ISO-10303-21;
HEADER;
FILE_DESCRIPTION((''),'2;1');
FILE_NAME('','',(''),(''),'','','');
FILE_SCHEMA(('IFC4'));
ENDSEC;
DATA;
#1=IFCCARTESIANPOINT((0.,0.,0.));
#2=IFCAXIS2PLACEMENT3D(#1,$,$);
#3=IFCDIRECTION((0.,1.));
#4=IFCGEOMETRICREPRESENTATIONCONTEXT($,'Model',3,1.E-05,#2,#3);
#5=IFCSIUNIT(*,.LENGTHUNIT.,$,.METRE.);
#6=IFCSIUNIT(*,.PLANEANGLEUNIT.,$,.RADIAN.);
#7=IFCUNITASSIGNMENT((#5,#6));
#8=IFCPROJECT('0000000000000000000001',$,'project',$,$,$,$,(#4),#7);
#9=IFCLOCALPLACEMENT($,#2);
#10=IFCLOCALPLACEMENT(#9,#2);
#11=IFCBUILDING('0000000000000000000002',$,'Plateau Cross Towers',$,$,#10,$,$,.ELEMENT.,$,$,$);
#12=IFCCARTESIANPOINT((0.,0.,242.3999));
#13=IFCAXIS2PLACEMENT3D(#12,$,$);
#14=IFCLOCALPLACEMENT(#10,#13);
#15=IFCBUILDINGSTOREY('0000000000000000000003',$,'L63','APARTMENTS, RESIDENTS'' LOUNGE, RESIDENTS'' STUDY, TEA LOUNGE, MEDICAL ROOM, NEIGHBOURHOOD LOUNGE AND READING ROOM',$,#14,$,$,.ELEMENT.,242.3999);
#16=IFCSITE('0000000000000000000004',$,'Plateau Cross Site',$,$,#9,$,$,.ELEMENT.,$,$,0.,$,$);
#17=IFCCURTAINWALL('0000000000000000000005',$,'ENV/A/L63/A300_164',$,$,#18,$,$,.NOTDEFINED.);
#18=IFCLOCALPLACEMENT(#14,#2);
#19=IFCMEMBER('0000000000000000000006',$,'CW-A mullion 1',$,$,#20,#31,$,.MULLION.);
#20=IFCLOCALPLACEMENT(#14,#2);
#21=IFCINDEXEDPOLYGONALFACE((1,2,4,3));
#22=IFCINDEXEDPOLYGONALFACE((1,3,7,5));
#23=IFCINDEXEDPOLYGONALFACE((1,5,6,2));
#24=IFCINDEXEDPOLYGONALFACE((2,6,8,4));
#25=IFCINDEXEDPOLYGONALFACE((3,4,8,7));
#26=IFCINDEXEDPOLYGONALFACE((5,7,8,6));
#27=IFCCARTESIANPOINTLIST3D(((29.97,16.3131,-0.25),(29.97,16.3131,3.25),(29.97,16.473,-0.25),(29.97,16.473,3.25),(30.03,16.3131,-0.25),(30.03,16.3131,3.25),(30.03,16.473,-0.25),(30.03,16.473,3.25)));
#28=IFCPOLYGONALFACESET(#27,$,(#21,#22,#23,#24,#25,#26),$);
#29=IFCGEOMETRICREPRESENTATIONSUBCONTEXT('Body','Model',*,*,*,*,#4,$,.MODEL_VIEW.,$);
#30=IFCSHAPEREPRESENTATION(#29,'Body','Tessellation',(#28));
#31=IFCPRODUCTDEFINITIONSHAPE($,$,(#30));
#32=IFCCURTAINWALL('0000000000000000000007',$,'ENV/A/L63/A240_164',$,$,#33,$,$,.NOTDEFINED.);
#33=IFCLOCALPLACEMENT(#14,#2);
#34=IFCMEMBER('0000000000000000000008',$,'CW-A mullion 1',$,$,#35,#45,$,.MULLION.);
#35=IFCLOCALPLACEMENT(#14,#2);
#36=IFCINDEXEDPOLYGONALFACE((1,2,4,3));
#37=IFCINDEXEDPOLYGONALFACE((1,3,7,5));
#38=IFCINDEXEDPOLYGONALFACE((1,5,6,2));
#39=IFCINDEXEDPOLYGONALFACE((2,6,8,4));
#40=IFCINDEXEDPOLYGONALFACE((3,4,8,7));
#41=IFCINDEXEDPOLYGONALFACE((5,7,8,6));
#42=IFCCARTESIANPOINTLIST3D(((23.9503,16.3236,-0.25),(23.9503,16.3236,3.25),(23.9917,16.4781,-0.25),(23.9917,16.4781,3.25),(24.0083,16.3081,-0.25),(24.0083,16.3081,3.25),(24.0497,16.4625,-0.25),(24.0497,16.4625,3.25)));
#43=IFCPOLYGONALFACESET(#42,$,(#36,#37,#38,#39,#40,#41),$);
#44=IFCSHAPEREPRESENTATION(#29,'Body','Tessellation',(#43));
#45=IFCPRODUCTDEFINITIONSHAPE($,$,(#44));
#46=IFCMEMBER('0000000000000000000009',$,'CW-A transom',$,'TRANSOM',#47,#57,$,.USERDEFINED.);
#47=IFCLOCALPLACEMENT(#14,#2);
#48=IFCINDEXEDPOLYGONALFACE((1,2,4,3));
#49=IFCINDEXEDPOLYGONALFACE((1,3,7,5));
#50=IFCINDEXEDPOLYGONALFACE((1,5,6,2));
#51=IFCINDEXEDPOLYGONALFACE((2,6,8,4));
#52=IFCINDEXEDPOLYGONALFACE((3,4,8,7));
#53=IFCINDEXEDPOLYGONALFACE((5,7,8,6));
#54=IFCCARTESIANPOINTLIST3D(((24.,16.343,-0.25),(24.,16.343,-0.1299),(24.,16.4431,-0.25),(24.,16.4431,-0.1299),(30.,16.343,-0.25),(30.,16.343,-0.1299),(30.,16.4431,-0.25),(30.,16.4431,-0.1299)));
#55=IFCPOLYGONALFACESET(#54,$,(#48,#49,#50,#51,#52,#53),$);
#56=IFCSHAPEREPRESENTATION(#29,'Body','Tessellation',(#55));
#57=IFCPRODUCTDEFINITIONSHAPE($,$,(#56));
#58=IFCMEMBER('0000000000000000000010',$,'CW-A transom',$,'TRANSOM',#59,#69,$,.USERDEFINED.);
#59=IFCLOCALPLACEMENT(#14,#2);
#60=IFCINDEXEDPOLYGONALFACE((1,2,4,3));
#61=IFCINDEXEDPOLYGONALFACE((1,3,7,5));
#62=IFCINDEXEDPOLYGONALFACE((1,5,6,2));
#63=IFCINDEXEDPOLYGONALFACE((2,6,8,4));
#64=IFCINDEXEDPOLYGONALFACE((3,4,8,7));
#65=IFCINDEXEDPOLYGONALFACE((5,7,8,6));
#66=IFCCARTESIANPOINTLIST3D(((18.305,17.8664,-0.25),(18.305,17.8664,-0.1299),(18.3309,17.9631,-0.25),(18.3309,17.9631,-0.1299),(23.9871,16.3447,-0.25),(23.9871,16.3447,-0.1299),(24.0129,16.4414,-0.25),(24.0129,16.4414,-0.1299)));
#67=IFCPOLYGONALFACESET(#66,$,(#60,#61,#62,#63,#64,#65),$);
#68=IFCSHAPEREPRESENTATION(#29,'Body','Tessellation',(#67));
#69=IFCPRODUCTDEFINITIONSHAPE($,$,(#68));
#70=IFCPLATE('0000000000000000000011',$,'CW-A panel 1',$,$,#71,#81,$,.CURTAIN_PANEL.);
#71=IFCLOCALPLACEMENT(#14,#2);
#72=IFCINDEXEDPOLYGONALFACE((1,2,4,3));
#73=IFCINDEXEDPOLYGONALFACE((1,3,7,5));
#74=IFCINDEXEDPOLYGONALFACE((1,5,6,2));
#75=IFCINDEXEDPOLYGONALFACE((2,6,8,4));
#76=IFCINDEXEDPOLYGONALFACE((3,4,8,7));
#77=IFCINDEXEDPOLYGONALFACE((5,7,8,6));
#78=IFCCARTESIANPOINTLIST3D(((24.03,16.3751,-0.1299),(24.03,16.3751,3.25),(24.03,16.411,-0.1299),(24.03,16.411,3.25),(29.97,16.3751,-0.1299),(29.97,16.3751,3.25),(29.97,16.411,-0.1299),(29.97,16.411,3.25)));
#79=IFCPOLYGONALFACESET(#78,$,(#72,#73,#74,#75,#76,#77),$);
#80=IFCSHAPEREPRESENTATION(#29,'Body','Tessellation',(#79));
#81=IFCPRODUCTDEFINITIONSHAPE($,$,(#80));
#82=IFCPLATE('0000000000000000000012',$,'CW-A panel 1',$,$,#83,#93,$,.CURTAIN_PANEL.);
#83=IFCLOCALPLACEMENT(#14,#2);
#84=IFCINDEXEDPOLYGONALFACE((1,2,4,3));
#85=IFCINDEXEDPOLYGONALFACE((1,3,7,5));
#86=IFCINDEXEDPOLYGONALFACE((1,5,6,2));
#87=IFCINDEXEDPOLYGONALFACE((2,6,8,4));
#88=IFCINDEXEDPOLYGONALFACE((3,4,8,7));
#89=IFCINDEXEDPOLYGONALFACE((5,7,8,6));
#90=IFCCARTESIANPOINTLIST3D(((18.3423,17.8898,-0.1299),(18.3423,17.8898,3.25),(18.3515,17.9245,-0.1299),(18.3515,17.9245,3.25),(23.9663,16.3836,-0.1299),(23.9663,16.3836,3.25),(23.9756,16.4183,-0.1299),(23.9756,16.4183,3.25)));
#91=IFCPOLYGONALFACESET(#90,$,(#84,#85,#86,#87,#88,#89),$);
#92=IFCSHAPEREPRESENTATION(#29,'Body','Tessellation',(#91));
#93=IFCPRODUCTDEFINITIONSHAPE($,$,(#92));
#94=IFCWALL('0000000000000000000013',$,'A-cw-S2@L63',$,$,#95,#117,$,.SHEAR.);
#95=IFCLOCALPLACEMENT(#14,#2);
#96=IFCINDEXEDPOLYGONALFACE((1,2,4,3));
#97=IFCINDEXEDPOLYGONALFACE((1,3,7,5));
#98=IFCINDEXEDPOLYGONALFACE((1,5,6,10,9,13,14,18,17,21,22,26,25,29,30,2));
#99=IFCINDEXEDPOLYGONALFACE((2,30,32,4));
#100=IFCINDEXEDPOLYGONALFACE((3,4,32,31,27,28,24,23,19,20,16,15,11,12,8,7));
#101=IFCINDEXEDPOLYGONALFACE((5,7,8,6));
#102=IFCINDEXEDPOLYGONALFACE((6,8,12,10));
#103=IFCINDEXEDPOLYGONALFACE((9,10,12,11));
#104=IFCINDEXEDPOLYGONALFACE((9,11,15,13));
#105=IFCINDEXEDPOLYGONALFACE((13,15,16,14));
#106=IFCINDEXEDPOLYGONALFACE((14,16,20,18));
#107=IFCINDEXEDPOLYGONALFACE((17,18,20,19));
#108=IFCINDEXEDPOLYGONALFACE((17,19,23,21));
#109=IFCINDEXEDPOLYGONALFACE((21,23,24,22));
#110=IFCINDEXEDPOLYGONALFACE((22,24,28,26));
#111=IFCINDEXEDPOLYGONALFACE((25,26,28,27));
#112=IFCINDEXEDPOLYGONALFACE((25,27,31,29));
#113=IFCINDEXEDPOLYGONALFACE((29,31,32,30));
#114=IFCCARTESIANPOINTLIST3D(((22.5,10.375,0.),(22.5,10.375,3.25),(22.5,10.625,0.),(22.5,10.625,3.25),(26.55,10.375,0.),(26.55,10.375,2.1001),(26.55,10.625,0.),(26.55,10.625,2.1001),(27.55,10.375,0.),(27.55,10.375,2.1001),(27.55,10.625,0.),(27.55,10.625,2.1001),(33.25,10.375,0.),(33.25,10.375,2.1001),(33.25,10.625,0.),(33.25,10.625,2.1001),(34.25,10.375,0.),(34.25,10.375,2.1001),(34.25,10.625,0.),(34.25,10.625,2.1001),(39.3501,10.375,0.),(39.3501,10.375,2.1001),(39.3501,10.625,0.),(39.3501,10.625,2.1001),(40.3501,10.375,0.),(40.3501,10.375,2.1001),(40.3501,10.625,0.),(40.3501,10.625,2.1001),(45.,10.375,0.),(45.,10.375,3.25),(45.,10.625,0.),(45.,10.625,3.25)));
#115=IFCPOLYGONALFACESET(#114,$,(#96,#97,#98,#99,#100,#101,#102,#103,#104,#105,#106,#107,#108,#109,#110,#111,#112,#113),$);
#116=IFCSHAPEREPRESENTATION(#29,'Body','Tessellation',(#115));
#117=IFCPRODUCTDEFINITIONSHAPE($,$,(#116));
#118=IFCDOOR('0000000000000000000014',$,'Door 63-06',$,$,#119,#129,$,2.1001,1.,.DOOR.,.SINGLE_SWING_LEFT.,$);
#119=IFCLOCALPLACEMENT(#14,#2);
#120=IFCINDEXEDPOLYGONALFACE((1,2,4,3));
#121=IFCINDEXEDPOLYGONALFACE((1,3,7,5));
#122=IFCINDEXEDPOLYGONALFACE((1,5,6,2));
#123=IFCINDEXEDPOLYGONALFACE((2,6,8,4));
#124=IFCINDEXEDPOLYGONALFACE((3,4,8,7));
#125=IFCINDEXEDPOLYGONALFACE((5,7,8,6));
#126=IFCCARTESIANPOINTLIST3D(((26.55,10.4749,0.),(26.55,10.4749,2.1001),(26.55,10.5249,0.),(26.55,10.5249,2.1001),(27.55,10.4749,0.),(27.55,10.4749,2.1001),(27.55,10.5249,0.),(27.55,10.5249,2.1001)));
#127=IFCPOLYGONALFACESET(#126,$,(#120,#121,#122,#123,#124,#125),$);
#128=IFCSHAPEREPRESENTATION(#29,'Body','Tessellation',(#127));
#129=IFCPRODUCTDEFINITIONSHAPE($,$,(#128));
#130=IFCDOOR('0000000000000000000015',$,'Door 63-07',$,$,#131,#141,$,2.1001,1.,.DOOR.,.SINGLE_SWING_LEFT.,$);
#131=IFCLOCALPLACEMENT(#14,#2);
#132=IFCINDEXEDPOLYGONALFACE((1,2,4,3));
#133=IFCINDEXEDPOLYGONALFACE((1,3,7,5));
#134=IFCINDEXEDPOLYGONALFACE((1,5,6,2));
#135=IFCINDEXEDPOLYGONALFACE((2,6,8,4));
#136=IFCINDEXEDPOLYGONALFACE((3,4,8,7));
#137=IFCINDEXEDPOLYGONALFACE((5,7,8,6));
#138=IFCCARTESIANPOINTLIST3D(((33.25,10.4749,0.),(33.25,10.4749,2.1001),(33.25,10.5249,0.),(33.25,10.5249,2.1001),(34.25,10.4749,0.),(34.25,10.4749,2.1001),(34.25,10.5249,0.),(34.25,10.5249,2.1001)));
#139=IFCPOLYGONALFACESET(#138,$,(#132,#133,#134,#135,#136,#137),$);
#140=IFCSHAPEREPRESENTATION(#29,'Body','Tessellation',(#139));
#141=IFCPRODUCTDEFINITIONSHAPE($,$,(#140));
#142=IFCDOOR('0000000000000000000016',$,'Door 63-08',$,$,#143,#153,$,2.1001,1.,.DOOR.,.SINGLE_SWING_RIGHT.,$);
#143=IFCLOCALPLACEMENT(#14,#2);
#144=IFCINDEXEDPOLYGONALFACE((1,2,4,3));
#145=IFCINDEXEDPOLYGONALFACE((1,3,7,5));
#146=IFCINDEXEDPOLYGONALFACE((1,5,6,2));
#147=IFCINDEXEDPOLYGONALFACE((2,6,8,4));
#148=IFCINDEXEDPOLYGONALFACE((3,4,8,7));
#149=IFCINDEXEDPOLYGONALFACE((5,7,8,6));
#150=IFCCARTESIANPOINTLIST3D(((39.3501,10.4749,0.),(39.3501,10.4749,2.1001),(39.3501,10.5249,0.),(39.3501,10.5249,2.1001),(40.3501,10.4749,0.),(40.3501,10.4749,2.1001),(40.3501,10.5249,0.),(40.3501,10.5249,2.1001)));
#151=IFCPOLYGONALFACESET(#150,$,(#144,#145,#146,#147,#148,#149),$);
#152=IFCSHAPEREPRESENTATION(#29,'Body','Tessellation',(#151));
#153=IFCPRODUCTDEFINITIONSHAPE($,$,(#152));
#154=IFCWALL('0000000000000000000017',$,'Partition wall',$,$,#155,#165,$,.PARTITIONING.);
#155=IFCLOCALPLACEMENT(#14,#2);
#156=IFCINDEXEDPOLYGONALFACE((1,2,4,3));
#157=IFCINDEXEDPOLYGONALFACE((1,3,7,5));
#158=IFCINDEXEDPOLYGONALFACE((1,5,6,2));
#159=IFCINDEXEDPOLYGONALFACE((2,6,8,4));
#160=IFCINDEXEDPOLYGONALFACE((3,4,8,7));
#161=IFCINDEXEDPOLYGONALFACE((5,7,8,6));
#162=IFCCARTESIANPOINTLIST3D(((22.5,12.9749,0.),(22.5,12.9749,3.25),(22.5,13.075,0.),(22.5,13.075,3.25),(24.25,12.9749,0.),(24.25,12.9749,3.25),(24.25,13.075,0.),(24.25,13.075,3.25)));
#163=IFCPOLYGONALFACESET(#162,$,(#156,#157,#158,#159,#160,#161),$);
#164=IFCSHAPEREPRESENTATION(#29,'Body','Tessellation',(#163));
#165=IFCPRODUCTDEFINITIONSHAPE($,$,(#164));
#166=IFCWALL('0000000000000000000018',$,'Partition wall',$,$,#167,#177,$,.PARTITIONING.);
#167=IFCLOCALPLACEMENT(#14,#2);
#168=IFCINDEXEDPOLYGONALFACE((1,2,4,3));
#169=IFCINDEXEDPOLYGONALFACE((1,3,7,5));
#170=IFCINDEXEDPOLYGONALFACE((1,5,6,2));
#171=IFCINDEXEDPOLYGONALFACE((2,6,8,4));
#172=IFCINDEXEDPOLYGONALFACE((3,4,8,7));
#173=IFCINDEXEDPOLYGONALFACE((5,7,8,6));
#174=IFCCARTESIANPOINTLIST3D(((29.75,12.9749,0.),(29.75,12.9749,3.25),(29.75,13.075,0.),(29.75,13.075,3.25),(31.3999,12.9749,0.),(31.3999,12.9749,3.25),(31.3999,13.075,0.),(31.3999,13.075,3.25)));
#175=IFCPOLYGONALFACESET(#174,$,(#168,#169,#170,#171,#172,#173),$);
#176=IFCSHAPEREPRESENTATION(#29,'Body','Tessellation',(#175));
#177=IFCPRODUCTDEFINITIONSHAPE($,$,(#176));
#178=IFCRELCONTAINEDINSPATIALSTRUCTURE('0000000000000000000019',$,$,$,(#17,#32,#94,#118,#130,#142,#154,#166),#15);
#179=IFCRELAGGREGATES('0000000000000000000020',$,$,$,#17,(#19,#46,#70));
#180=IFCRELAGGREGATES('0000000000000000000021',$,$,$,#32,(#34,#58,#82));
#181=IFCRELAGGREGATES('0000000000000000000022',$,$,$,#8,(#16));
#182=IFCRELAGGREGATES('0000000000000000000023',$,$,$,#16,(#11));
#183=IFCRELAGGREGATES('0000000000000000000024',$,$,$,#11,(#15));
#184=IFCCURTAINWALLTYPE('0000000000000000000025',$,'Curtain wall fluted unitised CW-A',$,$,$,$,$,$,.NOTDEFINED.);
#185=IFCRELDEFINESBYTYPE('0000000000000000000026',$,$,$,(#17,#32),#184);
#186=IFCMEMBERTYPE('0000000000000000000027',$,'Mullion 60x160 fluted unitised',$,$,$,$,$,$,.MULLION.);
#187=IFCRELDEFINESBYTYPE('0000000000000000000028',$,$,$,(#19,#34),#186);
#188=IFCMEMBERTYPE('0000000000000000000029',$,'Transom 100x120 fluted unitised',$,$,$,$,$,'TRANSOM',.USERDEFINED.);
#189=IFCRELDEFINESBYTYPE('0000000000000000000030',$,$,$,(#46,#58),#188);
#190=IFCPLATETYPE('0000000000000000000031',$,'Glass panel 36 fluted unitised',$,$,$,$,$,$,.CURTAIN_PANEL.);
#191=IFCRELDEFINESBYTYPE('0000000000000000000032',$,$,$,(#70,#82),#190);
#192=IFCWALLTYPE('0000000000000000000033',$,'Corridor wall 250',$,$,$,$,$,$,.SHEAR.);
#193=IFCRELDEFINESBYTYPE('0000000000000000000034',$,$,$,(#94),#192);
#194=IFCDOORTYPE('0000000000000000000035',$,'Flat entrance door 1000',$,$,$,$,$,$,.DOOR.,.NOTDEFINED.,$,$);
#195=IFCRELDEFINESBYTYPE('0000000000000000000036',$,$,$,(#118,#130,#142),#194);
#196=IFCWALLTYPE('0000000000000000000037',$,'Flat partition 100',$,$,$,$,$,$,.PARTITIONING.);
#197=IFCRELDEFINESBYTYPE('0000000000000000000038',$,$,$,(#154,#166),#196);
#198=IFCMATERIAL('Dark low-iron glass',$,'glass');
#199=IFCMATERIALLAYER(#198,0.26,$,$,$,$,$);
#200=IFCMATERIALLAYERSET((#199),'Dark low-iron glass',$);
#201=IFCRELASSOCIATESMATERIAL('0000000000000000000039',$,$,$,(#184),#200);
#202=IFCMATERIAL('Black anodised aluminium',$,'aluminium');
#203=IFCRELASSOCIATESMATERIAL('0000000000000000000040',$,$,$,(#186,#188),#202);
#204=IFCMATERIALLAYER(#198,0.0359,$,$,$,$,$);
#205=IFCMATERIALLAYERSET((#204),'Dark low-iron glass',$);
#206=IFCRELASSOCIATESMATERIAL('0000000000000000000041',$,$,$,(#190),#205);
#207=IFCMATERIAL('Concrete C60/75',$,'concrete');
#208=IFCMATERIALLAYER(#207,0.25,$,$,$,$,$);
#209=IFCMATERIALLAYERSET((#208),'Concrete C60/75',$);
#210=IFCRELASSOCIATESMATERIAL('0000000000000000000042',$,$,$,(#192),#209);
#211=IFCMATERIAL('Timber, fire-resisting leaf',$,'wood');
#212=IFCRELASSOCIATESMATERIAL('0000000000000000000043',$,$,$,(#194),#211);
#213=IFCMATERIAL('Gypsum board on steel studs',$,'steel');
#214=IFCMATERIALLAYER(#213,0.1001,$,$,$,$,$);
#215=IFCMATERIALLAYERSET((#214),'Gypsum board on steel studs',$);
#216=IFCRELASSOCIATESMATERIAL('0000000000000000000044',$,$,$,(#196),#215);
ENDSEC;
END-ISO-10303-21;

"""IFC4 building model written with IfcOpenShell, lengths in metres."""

from ifc_helpers import new_model, si_unit, direction, frame, frame_2d, origin, origin_2d, place, context, subcontext, project, spatial, rectangle, extrude, material, layer, layer_set, material_profile, profile_set, type_object, element, fill, aggregate, save


model = new_model("IFC4")

# Units and contexts
model_context = context("Model", 3, precision=1e-05, world=origin(), true_north=direction((0.0, 1.0)))
body_context = subcontext(model_context, "Body", "Model", "MODEL_VIEW")
ifc_project = project(units=[si_unit("LENGTHUNIT", "METRE"), si_unit("PLANEANGLEUNIT", "RADIAN")], contexts=[model_context])

# Site, building, storey
site_placement = place(None, origin())
site = spatial("IfcSite", under=ifc_project, at=site_placement, Name="Plateau Cross Site", CompositionType="ELEMENT", RefElevation=0.0)
building_placement = place(site_placement, origin())
building = spatial("IfcBuilding", under=site, at=building_placement, Name="Plateau Cross Towers", CompositionType="ELEMENT")
storey_placement = place(building_placement, frame((0.0, 0.0, 242.3999)))
storey = spatial("IfcBuildingStorey", under=building, at=storey_placement, Name="L63", Description="APARTMENTS, RESIDENTS' LOUNGE, RESIDENTS' STUDY, TEA LOUNGE, MEDICAL ROOM, NEIGHBOURHOOD LOUNGE AND READING ROOM", CompositionType="ELEMENT", Elevation=242.3999)

# Curtain walls, members
ifc_material_1 = material(Name="Dark low-iron glass", Category="glass")
ifc_layer_1 = layer(ifc_material_1, 0.26)
ifc_layer_set_1 = layer_set([ifc_layer_1], Name="Dark low-iron glass")
curtain_wall_type = type_object("IfcCurtainWallType", Name="Curtain wall fluted unitised CW-A", PredefinedType="NOTDEFINED", material=ifc_layer_set_1)
curtain_wall_1_placement = place(storey_placement, origin())
curtain_wall_1 = element("IfcCurtainWall", 1, at=curtain_wall_1_placement, inside=storey, type_object=curtain_wall_type, Name="ENV/A/L63/A300_164", PredefinedType="NOTDEFINED")
ifc_material_2 = material(Name="Black anodised aluminium", Category="aluminium")
ifc_material_profile_1 = material_profile(ifc_material_2, rectangle(XDim=0.0601, YDim=0.1599, at=origin_2d()), Name="MULLION 60x160")
ifc_profile_set_1 = profile_set([ifc_material_profile_1], Name="Black anodised aluminium")
member_type_1 = type_object("IfcMemberType", Name="Mullion 60x160 fluted unitised", PredefinedType="MULLION", material=ifc_profile_set_1)
member_1_placement = place(storey_placement, frame((30.0, 16.3931, -0.25), z_axis=(0.0, 0.0, 1.0), x_axis=(-1.0, 0.0, 0.0)))
member_1 = element("IfcMember", 2, at=member_1_placement, type_object=member_type_1, Name="CW-A mullion 1", PredefinedType="MULLION", context=body_context, shape_type="SweptSolid", body=[
    extrude(rectangle(XDim=0.0601, YDim=0.1599, at=origin_2d()), origin(), (0.0, 0.0, 1.0), 3.5),
])
curtain_wall_2_placement = place(storey_placement, origin())
curtain_wall_2 = element("IfcCurtainWall", 3, at=curtain_wall_2_placement, inside=storey, type_object=curtain_wall_type, Name="ENV/A/L63/A240_164", PredefinedType="NOTDEFINED")
member_2_placement = place(storey_placement, frame((24.0, 16.3931, -0.25), z_axis=(0.0, 0.0, 1.0), x_axis=(-0.965958, 0.258699, 0.0)))
member_2 = element("IfcMember", 4, at=member_2_placement, type_object=member_type_1, Name="CW-A mullion 1", PredefinedType="MULLION", context=body_context, shape_type="SweptSolid", body=[
    extrude(rectangle(XDim=0.0601, YDim=0.1599, at=origin_2d()), origin(), (0.0, 0.0, 1.0), 3.5),
])

# Members
ifc_material_profile_2 = material_profile(ifc_material_2, rectangle(XDim=0.1001, YDim=0.1201, at=origin_2d()), Name="TRANSOM 100x120")
ifc_profile_set_2 = profile_set([ifc_material_profile_2], Name="Black anodised aluminium")
member_type_2 = type_object("IfcMemberType", Name="Transom 100x120 fluted unitised", ElementType="TRANSOM", PredefinedType="USERDEFINED", material=ifc_profile_set_2)
member_3_placement = place(storey_placement, frame((30.0, 16.3931, -0.1899), z_axis=(-1.0, 0.0, 0.0), x_axis=(0.0, -1.0, 0.0)))
member_3 = element("IfcMember", 5, at=member_3_placement, type_object=member_type_2, Name="CW-A transom", ObjectType="TRANSOM", PredefinedType="USERDEFINED", context=body_context, shape_type="SweptSolid", body=[
    extrude(rectangle(XDim=0.1001, YDim=0.1201, at=origin_2d()), origin(), (0.0, 0.0, 1.0), 6.0),
])
member_4_placement = place(storey_placement, frame((24.0, 16.3931, -0.1899), z_axis=(-0.96596, 0.258693, 0.0), x_axis=(-0.258693, -0.96596, 0.0)))
member_4 = element("IfcMember", 6, at=member_4_placement, type_object=member_type_2, Name="CW-A transom", ObjectType="TRANSOM", PredefinedType="USERDEFINED", context=body_context, shape_type="SweptSolid", body=[
    extrude(rectangle(XDim=0.1001, YDim=0.1201, at=origin_2d()), origin(), (0.0, 0.0, 1.0), 5.8823),
])

# Plates
ifc_layer_2 = layer(ifc_material_1, 0.0359)
ifc_layer_set_2 = layer_set([ifc_layer_2], Name="Dark low-iron glass")
plate_type = type_object("IfcPlateType", Name="Glass panel 36 fluted unitised", PredefinedType="CURTAIN_PANEL", material=ifc_layer_set_2)
plate_1_placement = place(storey_placement, frame((27.0, 16.3931, -0.1299), z_axis=(0.0, 0.0, 1.0), x_axis=(-1.0, 0.0, 0.0)))
plate_1 = element("IfcPlate", 7, at=plate_1_placement, type_object=plate_type, Name="CW-A panel 1", PredefinedType="CURTAIN_PANEL", context=body_context, shape_type="SweptSolid", body=[
    extrude(rectangle(XDim=5.9399, YDim=0.0359, at=origin_2d()), origin(), (0.0, 0.0, 1.0), 3.3799),
])
aggregate(curtain_wall_1, [member_1, member_3, plate_1])
plate_2_placement = place(storey_placement, frame((21.1589, 17.1541, -0.1299), z_axis=(0.0, 0.0, 1.0), x_axis=(-0.965958, 0.258699, 0.0)))
plate_2 = element("IfcPlate", 8, at=plate_2_placement, type_object=plate_type, Name="CW-A panel 1", PredefinedType="CURTAIN_PANEL", context=body_context, shape_type="SweptSolid", body=[
    extrude(rectangle(XDim=5.8223, YDim=0.0359, at=origin_2d()), origin(), (0.0, 0.0, 1.0), 3.3799),
])
aggregate(curtain_wall_2, [member_2, member_4, plate_2])

# Wall, openings, doors
ifc_material_3 = material(Name="Concrete C60/75", Category="concrete")
ifc_layer_3 = layer(ifc_material_3, 0.25)
ifc_layer_set_3 = layer_set([ifc_layer_3], Name="Concrete C60/75")
wall_type_1 = type_object("IfcWallType", Name="Corridor wall 250", PredefinedType="SHEAR", material=ifc_layer_set_3)
wall_1_placement = place(storey_placement, frame((22.5, 10.5, 0.0), z_axis=(0.0, 0.0, 1.0), x_axis=(1.0, 0.0, 0.0)))
wall_1 = element("IfcWall", 9, at=wall_1_placement, inside=storey, type_object=wall_type_1, Name="A-cw-S2@L63", PredefinedType="SHEAR", context=body_context, shape_type="SweptSolid", body=[
    extrude(rectangle(XDim=22.5, YDim=0.25, at=frame_2d((11.25, 0.0))), origin(), (0.0, 0.0, 1.0), 3.25),
])
opening_1_placement = place(wall_1_placement, frame((4.05, 0.0, 0.0)))
opening_1 = element("IfcOpeningElement", 10, at=opening_1_placement, cuts=wall_1, PredefinedType="OPENING", context=body_context, shape_type="SweptSolid", body=[
    extrude(rectangle(XDim=1.0, YDim=2.1001, at=frame_2d((0.5, 1.05))), frame((0.0, 0.135, 0.0), z_axis=(0.0, -1.0, 0.0), x_axis=(1.0, 0.0, 0.0)), (0.0, 0.0, 1.0), 0.27),
])
opening_2_placement = place(wall_1_placement, frame((10.75, 0.0, 0.0)))
opening_2 = element("IfcOpeningElement", 11, at=opening_2_placement, cuts=wall_1, PredefinedType="OPENING", context=body_context, shape_type="SweptSolid", body=[
    extrude(rectangle(XDim=1.0, YDim=2.1001, at=frame_2d((0.5, 1.05))), frame((0.0, 0.135, 0.0), z_axis=(0.0, -1.0, 0.0), x_axis=(1.0, 0.0, 0.0)), (0.0, 0.0, 1.0), 0.27),
])
opening_3_placement = place(wall_1_placement, frame((16.8501, 0.0, 0.0)))
opening_3 = element("IfcOpeningElement", 12, at=opening_3_placement, cuts=wall_1, PredefinedType="OPENING", context=body_context, shape_type="SweptSolid", body=[
    extrude(rectangle(XDim=1.0, YDim=2.1001, at=frame_2d((0.5, 1.05))), frame((0.0, 0.135, 0.0), z_axis=(0.0, -1.0, 0.0), x_axis=(1.0, 0.0, 0.0)), (0.0, 0.0, 1.0), 0.27),
])
ifc_material_4 = material(Name="Timber, fire-resisting leaf", Category="wood")
door_type_1 = type_object("IfcDoorType", Name="Flat entrance door 1000", OperationType="NOTDEFINED", PredefinedType="DOOR", material=ifc_material_4)
door_1_placement = place(opening_1_placement, origin())
door_1 = element("IfcDoor", 13, at=door_1_placement, inside=storey, type_object=door_type_1, Name="Door 63-06", OperationType="SINGLE_SWING_LEFT", OverallHeight=2.1001, OverallWidth=1.0, PredefinedType="DOOR", context=body_context, shape_type="SweptSolid", body=[
    extrude(rectangle(XDim=1.0, YDim=2.1001, at=frame_2d((0.5, 1.05))), frame((0.0, 0.0249, 0.0), z_axis=(0.0, -1.0, 0.0), x_axis=(1.0, 0.0, 0.0)), (0.0, 0.0, 1.0), 0.05),
])
fill(opening_1, door_1)
door_2_placement = place(opening_2_placement, origin())
door_2 = element("IfcDoor", 14, at=door_2_placement, inside=storey, type_object=door_type_1, Name="Door 63-07", OperationType="SINGLE_SWING_LEFT", OverallHeight=2.1001, OverallWidth=1.0, PredefinedType="DOOR", context=body_context, shape_type="SweptSolid", body=[
    extrude(rectangle(XDim=1.0, YDim=2.1001, at=frame_2d((0.5, 1.05))), frame((0.0, 0.0249, 0.0), z_axis=(0.0, -1.0, 0.0), x_axis=(1.0, 0.0, 0.0)), (0.0, 0.0, 1.0), 0.05),
])
fill(opening_2, door_2)
door_3_placement = place(opening_3_placement, origin())
door_3 = element("IfcDoor", 15, at=door_3_placement, inside=storey, type_object=door_type_1, Name="Door 63-08", OperationType="SINGLE_SWING_RIGHT", OverallHeight=2.1001, OverallWidth=1.0, PredefinedType="DOOR", context=body_context, shape_type="SweptSolid", body=[
    extrude(rectangle(XDim=1.0, YDim=2.1001, at=frame_2d((0.5, 1.05))), frame((0.0, 0.0249, 0.0), z_axis=(0.0, -1.0, 0.0), x_axis=(1.0, 0.0, 0.0)), (0.0, 0.0, 1.0), 0.05),
])
fill(opening_3, door_3)

# Walls
ifc_material_5 = material(Name="Gypsum board on steel studs", Category="steel")
ifc_layer_4 = layer(ifc_material_5, 0.1001)
ifc_layer_set_4 = layer_set([ifc_layer_4], Name="Gypsum board on steel studs")
wall_type_2 = type_object("IfcWallType", Name="Flat partition 100", PredefinedType="PARTITIONING", material=ifc_layer_set_4)
wall_2_placement = place(storey_placement, frame((24.25, 13.0249, 0.0), z_axis=(0.0, 0.0, 1.0), x_axis=(-1.0, 0.0, 0.0)))
element("IfcWall", 16, at=wall_2_placement, inside=storey, type_object=wall_type_2, Name="Partition wall", PredefinedType="PARTITIONING", context=body_context, shape_type="SweptSolid", body=[
    extrude(rectangle(XDim=1.75, YDim=0.1001, at=frame_2d((0.875, 0.0))), origin(), (0.0, 0.0, 1.0), 3.25),
])
wall_3_placement = place(storey_placement, frame((31.3999, 13.0249, 0.0), z_axis=(0.0, 0.0, 1.0), x_axis=(-1.0, 0.0, 0.0)))
element("IfcWall", 17, at=wall_3_placement, inside=storey, type_object=wall_type_2, Name="Partition wall", PredefinedType="PARTITIONING", context=body_context, shape_type="SweptSolid", body=[
    extrude(rectangle(XDim=1.6499, YDim=0.1001, at=frame_2d((0.825, 0.0))), origin(), (0.0, 0.0, 1.0), 3.25),
])

save(model, "model.ifc")
